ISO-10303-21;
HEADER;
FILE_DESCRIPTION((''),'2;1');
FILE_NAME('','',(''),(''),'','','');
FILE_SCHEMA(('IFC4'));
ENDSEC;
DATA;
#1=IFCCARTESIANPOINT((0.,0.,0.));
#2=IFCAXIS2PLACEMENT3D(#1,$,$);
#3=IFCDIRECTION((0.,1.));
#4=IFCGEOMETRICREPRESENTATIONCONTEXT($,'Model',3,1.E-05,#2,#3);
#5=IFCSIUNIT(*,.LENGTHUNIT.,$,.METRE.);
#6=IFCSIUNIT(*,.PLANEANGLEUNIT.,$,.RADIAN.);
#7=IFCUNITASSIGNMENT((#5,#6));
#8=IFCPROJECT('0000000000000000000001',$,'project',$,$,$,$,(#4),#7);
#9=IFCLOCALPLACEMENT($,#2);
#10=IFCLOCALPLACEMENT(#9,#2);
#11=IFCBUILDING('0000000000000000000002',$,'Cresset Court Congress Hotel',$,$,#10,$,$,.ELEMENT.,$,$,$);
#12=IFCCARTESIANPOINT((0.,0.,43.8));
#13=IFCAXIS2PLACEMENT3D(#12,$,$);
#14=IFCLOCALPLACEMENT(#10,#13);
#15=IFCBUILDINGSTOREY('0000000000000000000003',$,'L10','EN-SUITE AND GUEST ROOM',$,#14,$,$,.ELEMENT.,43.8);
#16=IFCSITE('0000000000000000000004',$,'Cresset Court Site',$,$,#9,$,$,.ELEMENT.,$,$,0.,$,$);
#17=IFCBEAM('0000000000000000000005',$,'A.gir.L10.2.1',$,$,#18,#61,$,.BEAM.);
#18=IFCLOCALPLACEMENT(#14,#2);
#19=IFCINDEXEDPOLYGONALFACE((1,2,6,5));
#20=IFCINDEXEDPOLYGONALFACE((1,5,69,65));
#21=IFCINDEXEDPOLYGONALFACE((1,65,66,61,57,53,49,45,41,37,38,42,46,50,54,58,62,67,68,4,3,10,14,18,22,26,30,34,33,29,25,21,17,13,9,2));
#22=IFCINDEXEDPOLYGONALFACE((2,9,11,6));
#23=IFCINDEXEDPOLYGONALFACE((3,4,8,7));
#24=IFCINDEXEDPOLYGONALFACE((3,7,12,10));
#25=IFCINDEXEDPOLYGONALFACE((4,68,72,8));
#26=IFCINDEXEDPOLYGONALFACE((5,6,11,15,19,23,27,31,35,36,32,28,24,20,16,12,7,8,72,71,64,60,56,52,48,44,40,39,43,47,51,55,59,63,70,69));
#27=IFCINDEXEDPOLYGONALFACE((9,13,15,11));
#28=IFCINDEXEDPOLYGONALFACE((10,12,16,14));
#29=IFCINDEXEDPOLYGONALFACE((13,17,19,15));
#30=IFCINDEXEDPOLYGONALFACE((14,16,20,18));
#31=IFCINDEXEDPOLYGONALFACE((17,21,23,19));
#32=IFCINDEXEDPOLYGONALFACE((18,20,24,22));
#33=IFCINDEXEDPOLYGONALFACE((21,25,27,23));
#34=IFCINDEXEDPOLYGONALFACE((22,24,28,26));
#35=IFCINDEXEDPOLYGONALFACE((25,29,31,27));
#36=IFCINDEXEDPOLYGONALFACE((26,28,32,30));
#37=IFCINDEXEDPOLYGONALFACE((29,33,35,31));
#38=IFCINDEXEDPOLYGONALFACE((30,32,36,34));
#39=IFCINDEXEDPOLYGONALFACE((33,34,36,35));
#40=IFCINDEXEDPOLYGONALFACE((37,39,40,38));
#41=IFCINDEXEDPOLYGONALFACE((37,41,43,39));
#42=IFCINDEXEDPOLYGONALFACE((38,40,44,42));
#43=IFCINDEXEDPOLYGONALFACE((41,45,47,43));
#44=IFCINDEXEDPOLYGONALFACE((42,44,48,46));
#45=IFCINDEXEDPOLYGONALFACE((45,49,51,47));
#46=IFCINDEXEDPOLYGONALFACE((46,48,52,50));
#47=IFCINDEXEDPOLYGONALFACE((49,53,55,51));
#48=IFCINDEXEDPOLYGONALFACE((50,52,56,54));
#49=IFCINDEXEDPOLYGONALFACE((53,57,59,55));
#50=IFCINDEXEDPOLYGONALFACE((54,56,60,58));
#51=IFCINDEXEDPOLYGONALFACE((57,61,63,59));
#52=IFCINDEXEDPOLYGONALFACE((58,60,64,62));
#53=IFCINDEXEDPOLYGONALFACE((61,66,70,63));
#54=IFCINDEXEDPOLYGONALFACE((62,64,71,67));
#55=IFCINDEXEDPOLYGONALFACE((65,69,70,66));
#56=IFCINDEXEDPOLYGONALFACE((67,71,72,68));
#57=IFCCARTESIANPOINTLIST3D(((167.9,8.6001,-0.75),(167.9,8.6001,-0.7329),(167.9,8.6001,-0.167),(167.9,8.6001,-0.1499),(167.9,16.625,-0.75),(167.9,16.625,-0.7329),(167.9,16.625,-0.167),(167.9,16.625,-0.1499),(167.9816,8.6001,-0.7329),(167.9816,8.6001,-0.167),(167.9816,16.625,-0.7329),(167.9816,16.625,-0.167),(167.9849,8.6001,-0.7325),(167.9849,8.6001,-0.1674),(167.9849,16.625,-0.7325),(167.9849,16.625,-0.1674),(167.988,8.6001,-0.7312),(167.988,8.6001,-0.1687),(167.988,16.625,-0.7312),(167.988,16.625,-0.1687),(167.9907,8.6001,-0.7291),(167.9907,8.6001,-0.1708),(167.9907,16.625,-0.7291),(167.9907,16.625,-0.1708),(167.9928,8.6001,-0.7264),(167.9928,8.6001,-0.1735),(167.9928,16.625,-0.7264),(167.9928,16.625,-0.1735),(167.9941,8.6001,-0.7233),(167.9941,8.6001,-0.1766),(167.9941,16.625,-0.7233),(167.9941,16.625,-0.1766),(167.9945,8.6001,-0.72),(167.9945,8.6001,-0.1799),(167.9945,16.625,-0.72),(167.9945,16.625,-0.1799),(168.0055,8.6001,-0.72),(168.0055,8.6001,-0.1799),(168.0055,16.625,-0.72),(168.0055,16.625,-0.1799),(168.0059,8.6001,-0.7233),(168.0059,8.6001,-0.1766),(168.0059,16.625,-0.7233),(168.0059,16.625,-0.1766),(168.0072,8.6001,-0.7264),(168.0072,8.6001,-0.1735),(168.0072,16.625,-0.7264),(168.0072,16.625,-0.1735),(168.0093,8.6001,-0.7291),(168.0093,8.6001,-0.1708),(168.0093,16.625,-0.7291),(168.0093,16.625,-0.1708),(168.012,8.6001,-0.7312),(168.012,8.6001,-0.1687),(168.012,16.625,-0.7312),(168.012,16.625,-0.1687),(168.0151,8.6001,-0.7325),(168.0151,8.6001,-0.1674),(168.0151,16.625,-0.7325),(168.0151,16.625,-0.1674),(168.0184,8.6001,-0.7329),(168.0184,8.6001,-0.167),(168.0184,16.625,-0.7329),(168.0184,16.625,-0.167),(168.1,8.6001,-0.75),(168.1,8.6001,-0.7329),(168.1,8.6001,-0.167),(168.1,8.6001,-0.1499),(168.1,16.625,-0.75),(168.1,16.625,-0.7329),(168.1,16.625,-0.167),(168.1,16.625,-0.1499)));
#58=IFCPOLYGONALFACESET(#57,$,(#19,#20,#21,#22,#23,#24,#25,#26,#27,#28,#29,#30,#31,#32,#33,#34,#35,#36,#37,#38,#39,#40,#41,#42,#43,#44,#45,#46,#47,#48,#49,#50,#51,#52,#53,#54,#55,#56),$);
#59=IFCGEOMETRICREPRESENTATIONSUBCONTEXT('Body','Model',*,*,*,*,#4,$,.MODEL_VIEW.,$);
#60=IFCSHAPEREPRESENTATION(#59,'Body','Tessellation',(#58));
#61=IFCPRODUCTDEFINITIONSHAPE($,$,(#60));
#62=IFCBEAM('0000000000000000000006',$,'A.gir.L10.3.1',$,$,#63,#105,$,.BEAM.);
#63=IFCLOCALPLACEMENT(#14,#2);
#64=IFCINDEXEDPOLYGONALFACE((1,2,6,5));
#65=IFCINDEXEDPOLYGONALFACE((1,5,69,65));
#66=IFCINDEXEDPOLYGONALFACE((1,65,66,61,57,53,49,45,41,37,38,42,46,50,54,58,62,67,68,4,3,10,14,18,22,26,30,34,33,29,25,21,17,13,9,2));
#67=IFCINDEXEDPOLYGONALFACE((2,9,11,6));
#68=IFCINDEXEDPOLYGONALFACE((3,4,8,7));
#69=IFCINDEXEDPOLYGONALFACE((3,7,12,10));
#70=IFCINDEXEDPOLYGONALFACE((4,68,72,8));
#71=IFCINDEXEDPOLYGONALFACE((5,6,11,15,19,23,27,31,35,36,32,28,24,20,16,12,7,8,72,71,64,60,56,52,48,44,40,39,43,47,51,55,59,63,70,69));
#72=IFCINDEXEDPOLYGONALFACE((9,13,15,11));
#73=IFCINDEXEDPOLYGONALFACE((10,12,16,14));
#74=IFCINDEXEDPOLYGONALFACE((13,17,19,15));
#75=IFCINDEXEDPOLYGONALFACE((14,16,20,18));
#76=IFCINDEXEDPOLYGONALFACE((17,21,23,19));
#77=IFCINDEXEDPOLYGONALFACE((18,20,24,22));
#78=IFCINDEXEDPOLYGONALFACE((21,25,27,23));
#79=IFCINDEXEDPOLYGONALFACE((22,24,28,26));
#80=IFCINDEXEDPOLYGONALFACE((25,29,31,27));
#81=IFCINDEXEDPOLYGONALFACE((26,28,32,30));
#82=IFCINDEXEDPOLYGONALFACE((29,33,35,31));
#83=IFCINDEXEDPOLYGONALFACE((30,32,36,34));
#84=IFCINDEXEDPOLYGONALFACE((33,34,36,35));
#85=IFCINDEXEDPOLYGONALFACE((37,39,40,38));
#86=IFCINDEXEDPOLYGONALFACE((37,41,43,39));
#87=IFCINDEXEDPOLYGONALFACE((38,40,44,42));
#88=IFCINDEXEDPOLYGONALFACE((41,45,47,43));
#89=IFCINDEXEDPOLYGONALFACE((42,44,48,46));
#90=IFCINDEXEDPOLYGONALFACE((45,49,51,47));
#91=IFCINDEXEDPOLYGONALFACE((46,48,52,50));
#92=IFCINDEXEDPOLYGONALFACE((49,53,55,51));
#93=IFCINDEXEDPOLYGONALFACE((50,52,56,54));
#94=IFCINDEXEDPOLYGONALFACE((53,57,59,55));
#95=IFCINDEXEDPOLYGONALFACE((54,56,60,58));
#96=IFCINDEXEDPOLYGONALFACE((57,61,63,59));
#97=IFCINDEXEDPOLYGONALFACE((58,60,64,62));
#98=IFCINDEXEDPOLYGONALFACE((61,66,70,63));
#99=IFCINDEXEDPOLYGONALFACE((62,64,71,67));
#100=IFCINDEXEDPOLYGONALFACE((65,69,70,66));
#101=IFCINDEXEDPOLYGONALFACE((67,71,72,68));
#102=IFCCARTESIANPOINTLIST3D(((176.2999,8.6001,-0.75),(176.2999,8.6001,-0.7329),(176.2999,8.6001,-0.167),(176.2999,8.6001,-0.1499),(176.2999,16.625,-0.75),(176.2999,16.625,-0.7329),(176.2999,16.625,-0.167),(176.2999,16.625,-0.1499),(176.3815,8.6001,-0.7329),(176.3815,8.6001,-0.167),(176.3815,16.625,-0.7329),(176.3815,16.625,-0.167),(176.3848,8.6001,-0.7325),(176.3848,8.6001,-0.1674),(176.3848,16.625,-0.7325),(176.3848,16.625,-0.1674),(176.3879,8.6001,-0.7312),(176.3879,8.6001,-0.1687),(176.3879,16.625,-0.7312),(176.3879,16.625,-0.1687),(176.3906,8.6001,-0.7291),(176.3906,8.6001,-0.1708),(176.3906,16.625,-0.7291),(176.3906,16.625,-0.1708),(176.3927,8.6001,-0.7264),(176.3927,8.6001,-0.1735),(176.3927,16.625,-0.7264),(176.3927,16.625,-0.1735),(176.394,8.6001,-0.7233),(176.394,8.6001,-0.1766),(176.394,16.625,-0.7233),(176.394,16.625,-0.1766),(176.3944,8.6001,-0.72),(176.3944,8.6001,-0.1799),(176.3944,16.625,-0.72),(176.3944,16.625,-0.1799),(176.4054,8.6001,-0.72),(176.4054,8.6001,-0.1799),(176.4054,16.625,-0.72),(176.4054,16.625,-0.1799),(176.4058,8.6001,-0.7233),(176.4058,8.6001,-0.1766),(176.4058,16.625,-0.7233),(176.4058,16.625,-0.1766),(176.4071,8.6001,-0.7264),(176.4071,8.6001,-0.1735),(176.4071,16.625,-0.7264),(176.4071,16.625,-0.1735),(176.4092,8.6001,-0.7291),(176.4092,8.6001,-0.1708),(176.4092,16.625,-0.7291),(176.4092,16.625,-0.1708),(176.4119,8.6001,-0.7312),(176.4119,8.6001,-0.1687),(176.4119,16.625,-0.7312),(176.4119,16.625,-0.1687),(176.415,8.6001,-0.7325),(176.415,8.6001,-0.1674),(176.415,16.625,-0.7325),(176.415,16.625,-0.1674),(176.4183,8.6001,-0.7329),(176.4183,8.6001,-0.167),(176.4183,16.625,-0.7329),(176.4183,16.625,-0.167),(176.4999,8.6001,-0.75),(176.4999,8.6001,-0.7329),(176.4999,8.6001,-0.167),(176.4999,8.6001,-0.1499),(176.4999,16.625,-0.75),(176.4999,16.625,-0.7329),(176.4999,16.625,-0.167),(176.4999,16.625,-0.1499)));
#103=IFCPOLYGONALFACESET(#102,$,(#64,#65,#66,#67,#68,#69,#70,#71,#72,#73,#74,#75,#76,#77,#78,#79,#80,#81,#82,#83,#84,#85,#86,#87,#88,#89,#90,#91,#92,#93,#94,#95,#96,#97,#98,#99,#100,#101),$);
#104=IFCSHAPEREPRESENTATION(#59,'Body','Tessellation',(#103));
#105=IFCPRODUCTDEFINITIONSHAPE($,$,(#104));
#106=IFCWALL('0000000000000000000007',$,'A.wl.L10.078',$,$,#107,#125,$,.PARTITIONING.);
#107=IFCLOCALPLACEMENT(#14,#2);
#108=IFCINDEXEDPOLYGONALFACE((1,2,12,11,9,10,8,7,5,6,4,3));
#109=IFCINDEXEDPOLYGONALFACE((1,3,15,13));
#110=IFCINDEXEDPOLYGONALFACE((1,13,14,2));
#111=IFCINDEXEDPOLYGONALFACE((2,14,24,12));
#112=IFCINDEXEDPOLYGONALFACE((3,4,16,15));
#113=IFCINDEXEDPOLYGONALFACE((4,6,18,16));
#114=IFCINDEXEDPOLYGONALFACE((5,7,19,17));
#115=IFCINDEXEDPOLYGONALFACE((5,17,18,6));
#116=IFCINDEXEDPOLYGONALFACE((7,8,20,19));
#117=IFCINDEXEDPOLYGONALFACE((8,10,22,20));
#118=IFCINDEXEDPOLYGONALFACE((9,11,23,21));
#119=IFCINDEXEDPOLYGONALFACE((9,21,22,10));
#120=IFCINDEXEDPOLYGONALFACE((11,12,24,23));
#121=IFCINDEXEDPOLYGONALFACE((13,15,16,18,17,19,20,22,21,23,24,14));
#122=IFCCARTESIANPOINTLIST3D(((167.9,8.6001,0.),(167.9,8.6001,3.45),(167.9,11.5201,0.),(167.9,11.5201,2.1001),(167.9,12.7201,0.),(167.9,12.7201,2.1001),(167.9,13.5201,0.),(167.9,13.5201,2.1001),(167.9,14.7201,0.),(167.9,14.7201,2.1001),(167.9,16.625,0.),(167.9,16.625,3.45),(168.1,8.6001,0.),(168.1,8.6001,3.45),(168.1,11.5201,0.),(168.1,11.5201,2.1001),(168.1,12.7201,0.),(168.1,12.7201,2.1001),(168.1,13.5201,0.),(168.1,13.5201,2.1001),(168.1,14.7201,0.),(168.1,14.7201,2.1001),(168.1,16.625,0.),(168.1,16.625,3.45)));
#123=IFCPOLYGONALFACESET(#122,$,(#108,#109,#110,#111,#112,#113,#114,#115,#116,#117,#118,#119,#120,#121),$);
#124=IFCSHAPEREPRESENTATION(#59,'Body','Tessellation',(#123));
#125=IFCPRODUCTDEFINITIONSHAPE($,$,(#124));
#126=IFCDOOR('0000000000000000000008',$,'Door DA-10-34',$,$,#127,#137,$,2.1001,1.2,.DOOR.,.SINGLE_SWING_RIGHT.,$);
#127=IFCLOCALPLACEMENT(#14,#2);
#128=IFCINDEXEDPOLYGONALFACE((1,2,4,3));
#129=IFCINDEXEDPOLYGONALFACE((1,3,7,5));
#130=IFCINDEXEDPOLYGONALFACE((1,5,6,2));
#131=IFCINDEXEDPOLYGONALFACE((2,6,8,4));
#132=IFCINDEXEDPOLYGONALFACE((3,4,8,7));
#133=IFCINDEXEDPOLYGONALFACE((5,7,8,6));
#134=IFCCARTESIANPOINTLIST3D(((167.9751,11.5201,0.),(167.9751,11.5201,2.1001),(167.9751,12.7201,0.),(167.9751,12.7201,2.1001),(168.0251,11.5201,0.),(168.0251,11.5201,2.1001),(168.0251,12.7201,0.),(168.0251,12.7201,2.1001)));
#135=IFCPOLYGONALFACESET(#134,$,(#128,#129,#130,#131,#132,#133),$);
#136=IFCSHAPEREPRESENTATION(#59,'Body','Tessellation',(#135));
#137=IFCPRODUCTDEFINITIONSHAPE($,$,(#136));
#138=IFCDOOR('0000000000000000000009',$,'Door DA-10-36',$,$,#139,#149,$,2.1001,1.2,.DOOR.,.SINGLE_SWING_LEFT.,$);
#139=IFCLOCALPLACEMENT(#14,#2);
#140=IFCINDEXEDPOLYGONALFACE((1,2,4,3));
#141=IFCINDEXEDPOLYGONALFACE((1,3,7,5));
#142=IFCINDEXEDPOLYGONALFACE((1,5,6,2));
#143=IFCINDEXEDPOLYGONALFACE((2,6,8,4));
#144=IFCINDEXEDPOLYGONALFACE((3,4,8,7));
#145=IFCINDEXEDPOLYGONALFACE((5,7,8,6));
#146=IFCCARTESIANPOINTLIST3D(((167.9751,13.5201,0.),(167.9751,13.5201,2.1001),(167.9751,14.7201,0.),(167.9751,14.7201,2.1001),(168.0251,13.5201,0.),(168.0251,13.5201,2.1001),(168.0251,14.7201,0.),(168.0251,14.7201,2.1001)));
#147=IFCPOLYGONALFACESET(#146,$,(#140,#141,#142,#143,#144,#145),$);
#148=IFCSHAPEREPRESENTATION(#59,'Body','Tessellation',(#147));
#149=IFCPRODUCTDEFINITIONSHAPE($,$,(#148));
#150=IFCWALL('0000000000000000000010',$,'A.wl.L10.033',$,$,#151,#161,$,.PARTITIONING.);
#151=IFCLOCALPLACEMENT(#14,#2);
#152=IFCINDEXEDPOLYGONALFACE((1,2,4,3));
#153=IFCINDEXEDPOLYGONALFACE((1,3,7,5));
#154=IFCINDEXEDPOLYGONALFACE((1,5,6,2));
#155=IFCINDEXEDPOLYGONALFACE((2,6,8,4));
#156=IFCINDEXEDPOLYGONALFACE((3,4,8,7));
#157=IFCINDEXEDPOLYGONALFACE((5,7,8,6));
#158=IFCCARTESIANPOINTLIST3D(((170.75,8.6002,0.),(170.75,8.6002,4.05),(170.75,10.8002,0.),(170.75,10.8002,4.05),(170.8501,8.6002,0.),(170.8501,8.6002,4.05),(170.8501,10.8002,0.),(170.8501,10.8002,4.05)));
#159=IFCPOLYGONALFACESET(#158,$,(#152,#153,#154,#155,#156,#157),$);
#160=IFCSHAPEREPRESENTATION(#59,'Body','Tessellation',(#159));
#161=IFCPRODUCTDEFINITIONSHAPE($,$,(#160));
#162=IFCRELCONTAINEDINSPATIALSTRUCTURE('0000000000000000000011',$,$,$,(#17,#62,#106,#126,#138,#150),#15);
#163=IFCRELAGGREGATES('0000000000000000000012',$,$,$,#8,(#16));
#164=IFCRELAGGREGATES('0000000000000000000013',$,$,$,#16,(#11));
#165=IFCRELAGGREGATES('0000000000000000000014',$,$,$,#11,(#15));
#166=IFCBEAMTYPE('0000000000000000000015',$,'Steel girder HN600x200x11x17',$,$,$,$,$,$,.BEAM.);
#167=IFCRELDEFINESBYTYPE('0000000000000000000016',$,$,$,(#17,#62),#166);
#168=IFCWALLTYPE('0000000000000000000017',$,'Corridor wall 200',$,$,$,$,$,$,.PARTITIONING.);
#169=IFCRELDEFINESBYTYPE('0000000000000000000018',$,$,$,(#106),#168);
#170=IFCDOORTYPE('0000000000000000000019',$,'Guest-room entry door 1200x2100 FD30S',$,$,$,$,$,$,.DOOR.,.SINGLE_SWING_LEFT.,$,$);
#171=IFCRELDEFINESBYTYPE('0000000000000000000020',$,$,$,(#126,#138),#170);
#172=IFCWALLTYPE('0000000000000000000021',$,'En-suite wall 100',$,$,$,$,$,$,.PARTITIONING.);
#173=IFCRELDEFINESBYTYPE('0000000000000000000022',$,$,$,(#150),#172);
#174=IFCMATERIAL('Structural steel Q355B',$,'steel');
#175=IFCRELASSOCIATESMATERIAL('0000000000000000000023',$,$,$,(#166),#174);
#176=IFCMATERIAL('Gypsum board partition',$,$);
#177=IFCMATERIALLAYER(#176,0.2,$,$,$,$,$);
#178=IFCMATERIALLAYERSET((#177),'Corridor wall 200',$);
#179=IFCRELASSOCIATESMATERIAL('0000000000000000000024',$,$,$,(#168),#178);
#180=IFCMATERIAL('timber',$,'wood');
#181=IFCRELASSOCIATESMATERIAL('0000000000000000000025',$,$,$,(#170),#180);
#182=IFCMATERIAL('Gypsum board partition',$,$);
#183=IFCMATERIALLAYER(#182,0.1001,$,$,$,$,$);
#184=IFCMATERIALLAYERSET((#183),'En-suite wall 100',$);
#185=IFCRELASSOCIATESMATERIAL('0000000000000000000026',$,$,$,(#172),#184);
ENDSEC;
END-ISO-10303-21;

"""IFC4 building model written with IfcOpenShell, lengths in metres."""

from ifc_helpers import new_model, si_unit, direction, frame, frame_2d, origin, origin_2d, place, context, subcontext, project, spatial, rectangle, i_section, extrude, material, layer, layer_set, material_profile, profile_set, type_object, element, fill, save


model = new_model("IFC4")

# Units and contexts
model_context = context("Model", 3, precision=1e-05, world=origin(), true_north=direction((0.0, 1.0)))
body_context = subcontext(model_context, "Body", "Model", "MODEL_VIEW")
ifc_project = project(units=[si_unit("LENGTHUNIT", "METRE"), si_unit("PLANEANGLEUNIT", "RADIAN")], contexts=[model_context])

# Site, building, storey
site_placement = place(None, origin())
site = spatial("IfcSite", under=ifc_project, at=site_placement, Name="Cresset Court Site", CompositionType="ELEMENT", RefElevation=0.0)
building_placement = place(site_placement, origin())
building = spatial("IfcBuilding", under=site, at=building_placement, Name="Cresset Court Congress Hotel", CompositionType="ELEMENT")
storey_placement = place(building_placement, frame((0.0, 0.0, 43.8)))
storey = spatial("IfcBuildingStorey", under=building, at=storey_placement, Name="L10", Description="EN-SUITE AND GUEST ROOM", CompositionType="ELEMENT", Elevation=43.8)

# Beams
ifc_material_1 = material(Name="Structural steel Q355B", Category="steel")
ifc_material_profile_1 = material_profile(ifc_material_1, i_section(OverallWidth=0.2, OverallDepth=0.6001, WebThickness=0.011, FlangeThickness=0.0171, FilletRadius=0.0129, at=origin_2d()), Name="HN600x200x11x17")
ifc_profile_set_1 = profile_set([ifc_material_profile_1], Name="Structural steel Q355B")
beam_type_1 = type_object("IfcBeamType", Name="Steel girder HN600x200x11x17", PredefinedType="BEAM", material=ifc_profile_set_1)
for number, where, z_axis, x_axis, name in (
    (1, (168.0, 8.6001, -0.45), (0.0, 1.0, 0.0), (-1.0, 0.0, 0.0), "A.gir.L10.2.1"),
    (2, (176.3999, 8.6001, -0.45), (0.0, 1.0, 0.0), (-1.0, 0.0, 0.0), "A.gir.L10.3.1"),
):
    element("IfcBeam", number, at=place(storey_placement, frame(where, z_axis=z_axis, x_axis=x_axis)), inside=storey, type_object=beam_type_1, Name=name, PredefinedType="BEAM", context=body_context, shape_type="SweptSolid", body=[
        extrude(i_section(OverallWidth=0.2, OverallDepth=0.6001, WebThickness=0.011, FlangeThickness=0.0171, FilletRadius=0.0129, at=origin_2d()), origin(), (0.0, 0.0, 1.0), 8.0249),
    ])

# Wall, openings, doors
ifc_material_2 = material(Name="Gypsum board partition")
ifc_layer_1 = layer(ifc_material_2, 0.2)
ifc_layer_set_1 = layer_set([ifc_layer_1], Name="Corridor wall 200")
wall_type_1 = type_object("IfcWallType", Name="Corridor wall 200", PredefinedType="PARTITIONING", material=ifc_layer_set_1)
wall_1_placement = place(storey_placement, frame((168.0, 8.6001, 0.0), z_axis=(0.0, 0.0, 1.0), x_axis=(0.0, 1.0, 0.0)))
wall_1 = element("IfcWall", 3, at=wall_1_placement, inside=storey, type_object=wall_type_1, Name="A.wl.L10.078", PredefinedType="PARTITIONING", context=body_context, shape_type="SweptSolid", body=[
    extrude(rectangle(XDim=8.0249, YDim=0.2, at=frame_2d((4.0125, 0.0))), origin(), (0.0, 0.0, 1.0), 3.45),
])
opening_1_placement = place(wall_1_placement, frame((2.9199, 0.0, 0.0)))
opening_1 = element("IfcOpeningElement", 4, at=opening_1_placement, cuts=wall_1, PredefinedType="OPENING", context=body_context, shape_type="SweptSolid", body=[
    extrude(rectangle(XDim=1.2, YDim=2.1001, at=frame_2d((0.6001, 1.05))), frame((0.0, 0.1099, 0.0), z_axis=(0.0, -1.0, 0.0), x_axis=(1.0, 0.0, 0.0)), (0.0, 0.0, 1.0), 0.22),
])
opening_2_placement = place(wall_1_placement, frame((4.9199, 0.0, 0.0)))
opening_2 = element("IfcOpeningElement", 5, at=opening_2_placement, cuts=wall_1, PredefinedType="OPENING", context=body_context, shape_type="SweptSolid", body=[
    extrude(rectangle(XDim=1.2, YDim=2.1001, at=frame_2d((0.6001, 1.05))), frame((0.0, 0.1099, 0.0), z_axis=(0.0, -1.0, 0.0), x_axis=(1.0, 0.0, 0.0)), (0.0, 0.0, 1.0), 0.22),
])
ifc_material_3 = material(Name="timber", Category="wood")
door_type_1 = type_object("IfcDoorType", Name="Guest-room entry door 1200x2100 FD30S", OperationType="SINGLE_SWING_LEFT", PredefinedType="DOOR", material=ifc_material_3)
door_1_placement = place(opening_1_placement, origin())
door_1 = element("IfcDoor", 6, at=door_1_placement, inside=storey, type_object=door_type_1, Name="Door DA-10-34", OperationType="SINGLE_SWING_RIGHT", OverallHeight=2.1001, OverallWidth=1.2, PredefinedType="DOOR", context=body_context, shape_type="SweptSolid", body=[
    extrude(rectangle(XDim=1.2, YDim=2.1001, at=frame_2d((0.6001, 1.05))), frame((0.0, 0.0249, 0.0), z_axis=(0.0, -1.0, 0.0), x_axis=(1.0, 0.0, 0.0)), (0.0, 0.0, 1.0), 0.05),
])
fill(opening_1, door_1)
door_2_placement = place(opening_2_placement, origin())
door_2 = element("IfcDoor", 7, at=door_2_placement, inside=storey, type_object=door_type_1, Name="Door DA-10-36", OperationType="SINGLE_SWING_LEFT", OverallHeight=2.1001, OverallWidth=1.2, PredefinedType="DOOR", context=body_context, shape_type="SweptSolid", body=[
    extrude(rectangle(XDim=1.2, YDim=2.1001, at=frame_2d((0.6001, 1.05))), frame((0.0, 0.0249, 0.0), z_axis=(0.0, -1.0, 0.0), x_axis=(1.0, 0.0, 0.0)), (0.0, 0.0, 1.0), 0.05),
])
fill(opening_2, door_2)

# Wall
ifc_material_4 = material(Name="Gypsum board partition")
ifc_layer_2 = layer(ifc_material_4, 0.1001)
ifc_layer_set_2 = layer_set([ifc_layer_2], Name="En-suite wall 100")
wall_type_2 = type_object("IfcWallType", Name="En-suite wall 100", PredefinedType="PARTITIONING", material=ifc_layer_set_2)
wall_2_placement = place(storey_placement, frame((170.8, 8.6001, 0.0), z_axis=(0.0, 0.0, 1.0), x_axis=(0.0, 1.0, 0.0)))
element("IfcWall", 8, at=wall_2_placement, inside=storey, type_object=wall_type_2, Name="A.wl.L10.033", PredefinedType="PARTITIONING", context=body_context, shape_type="SweptSolid", body=[
    extrude(rectangle(XDim=2.2, YDim=0.1001, at=frame_2d((1.1001, 0.0))), origin(), (0.0, 0.0, 1.0), 4.05),
])

save(model, "model.ifc")
